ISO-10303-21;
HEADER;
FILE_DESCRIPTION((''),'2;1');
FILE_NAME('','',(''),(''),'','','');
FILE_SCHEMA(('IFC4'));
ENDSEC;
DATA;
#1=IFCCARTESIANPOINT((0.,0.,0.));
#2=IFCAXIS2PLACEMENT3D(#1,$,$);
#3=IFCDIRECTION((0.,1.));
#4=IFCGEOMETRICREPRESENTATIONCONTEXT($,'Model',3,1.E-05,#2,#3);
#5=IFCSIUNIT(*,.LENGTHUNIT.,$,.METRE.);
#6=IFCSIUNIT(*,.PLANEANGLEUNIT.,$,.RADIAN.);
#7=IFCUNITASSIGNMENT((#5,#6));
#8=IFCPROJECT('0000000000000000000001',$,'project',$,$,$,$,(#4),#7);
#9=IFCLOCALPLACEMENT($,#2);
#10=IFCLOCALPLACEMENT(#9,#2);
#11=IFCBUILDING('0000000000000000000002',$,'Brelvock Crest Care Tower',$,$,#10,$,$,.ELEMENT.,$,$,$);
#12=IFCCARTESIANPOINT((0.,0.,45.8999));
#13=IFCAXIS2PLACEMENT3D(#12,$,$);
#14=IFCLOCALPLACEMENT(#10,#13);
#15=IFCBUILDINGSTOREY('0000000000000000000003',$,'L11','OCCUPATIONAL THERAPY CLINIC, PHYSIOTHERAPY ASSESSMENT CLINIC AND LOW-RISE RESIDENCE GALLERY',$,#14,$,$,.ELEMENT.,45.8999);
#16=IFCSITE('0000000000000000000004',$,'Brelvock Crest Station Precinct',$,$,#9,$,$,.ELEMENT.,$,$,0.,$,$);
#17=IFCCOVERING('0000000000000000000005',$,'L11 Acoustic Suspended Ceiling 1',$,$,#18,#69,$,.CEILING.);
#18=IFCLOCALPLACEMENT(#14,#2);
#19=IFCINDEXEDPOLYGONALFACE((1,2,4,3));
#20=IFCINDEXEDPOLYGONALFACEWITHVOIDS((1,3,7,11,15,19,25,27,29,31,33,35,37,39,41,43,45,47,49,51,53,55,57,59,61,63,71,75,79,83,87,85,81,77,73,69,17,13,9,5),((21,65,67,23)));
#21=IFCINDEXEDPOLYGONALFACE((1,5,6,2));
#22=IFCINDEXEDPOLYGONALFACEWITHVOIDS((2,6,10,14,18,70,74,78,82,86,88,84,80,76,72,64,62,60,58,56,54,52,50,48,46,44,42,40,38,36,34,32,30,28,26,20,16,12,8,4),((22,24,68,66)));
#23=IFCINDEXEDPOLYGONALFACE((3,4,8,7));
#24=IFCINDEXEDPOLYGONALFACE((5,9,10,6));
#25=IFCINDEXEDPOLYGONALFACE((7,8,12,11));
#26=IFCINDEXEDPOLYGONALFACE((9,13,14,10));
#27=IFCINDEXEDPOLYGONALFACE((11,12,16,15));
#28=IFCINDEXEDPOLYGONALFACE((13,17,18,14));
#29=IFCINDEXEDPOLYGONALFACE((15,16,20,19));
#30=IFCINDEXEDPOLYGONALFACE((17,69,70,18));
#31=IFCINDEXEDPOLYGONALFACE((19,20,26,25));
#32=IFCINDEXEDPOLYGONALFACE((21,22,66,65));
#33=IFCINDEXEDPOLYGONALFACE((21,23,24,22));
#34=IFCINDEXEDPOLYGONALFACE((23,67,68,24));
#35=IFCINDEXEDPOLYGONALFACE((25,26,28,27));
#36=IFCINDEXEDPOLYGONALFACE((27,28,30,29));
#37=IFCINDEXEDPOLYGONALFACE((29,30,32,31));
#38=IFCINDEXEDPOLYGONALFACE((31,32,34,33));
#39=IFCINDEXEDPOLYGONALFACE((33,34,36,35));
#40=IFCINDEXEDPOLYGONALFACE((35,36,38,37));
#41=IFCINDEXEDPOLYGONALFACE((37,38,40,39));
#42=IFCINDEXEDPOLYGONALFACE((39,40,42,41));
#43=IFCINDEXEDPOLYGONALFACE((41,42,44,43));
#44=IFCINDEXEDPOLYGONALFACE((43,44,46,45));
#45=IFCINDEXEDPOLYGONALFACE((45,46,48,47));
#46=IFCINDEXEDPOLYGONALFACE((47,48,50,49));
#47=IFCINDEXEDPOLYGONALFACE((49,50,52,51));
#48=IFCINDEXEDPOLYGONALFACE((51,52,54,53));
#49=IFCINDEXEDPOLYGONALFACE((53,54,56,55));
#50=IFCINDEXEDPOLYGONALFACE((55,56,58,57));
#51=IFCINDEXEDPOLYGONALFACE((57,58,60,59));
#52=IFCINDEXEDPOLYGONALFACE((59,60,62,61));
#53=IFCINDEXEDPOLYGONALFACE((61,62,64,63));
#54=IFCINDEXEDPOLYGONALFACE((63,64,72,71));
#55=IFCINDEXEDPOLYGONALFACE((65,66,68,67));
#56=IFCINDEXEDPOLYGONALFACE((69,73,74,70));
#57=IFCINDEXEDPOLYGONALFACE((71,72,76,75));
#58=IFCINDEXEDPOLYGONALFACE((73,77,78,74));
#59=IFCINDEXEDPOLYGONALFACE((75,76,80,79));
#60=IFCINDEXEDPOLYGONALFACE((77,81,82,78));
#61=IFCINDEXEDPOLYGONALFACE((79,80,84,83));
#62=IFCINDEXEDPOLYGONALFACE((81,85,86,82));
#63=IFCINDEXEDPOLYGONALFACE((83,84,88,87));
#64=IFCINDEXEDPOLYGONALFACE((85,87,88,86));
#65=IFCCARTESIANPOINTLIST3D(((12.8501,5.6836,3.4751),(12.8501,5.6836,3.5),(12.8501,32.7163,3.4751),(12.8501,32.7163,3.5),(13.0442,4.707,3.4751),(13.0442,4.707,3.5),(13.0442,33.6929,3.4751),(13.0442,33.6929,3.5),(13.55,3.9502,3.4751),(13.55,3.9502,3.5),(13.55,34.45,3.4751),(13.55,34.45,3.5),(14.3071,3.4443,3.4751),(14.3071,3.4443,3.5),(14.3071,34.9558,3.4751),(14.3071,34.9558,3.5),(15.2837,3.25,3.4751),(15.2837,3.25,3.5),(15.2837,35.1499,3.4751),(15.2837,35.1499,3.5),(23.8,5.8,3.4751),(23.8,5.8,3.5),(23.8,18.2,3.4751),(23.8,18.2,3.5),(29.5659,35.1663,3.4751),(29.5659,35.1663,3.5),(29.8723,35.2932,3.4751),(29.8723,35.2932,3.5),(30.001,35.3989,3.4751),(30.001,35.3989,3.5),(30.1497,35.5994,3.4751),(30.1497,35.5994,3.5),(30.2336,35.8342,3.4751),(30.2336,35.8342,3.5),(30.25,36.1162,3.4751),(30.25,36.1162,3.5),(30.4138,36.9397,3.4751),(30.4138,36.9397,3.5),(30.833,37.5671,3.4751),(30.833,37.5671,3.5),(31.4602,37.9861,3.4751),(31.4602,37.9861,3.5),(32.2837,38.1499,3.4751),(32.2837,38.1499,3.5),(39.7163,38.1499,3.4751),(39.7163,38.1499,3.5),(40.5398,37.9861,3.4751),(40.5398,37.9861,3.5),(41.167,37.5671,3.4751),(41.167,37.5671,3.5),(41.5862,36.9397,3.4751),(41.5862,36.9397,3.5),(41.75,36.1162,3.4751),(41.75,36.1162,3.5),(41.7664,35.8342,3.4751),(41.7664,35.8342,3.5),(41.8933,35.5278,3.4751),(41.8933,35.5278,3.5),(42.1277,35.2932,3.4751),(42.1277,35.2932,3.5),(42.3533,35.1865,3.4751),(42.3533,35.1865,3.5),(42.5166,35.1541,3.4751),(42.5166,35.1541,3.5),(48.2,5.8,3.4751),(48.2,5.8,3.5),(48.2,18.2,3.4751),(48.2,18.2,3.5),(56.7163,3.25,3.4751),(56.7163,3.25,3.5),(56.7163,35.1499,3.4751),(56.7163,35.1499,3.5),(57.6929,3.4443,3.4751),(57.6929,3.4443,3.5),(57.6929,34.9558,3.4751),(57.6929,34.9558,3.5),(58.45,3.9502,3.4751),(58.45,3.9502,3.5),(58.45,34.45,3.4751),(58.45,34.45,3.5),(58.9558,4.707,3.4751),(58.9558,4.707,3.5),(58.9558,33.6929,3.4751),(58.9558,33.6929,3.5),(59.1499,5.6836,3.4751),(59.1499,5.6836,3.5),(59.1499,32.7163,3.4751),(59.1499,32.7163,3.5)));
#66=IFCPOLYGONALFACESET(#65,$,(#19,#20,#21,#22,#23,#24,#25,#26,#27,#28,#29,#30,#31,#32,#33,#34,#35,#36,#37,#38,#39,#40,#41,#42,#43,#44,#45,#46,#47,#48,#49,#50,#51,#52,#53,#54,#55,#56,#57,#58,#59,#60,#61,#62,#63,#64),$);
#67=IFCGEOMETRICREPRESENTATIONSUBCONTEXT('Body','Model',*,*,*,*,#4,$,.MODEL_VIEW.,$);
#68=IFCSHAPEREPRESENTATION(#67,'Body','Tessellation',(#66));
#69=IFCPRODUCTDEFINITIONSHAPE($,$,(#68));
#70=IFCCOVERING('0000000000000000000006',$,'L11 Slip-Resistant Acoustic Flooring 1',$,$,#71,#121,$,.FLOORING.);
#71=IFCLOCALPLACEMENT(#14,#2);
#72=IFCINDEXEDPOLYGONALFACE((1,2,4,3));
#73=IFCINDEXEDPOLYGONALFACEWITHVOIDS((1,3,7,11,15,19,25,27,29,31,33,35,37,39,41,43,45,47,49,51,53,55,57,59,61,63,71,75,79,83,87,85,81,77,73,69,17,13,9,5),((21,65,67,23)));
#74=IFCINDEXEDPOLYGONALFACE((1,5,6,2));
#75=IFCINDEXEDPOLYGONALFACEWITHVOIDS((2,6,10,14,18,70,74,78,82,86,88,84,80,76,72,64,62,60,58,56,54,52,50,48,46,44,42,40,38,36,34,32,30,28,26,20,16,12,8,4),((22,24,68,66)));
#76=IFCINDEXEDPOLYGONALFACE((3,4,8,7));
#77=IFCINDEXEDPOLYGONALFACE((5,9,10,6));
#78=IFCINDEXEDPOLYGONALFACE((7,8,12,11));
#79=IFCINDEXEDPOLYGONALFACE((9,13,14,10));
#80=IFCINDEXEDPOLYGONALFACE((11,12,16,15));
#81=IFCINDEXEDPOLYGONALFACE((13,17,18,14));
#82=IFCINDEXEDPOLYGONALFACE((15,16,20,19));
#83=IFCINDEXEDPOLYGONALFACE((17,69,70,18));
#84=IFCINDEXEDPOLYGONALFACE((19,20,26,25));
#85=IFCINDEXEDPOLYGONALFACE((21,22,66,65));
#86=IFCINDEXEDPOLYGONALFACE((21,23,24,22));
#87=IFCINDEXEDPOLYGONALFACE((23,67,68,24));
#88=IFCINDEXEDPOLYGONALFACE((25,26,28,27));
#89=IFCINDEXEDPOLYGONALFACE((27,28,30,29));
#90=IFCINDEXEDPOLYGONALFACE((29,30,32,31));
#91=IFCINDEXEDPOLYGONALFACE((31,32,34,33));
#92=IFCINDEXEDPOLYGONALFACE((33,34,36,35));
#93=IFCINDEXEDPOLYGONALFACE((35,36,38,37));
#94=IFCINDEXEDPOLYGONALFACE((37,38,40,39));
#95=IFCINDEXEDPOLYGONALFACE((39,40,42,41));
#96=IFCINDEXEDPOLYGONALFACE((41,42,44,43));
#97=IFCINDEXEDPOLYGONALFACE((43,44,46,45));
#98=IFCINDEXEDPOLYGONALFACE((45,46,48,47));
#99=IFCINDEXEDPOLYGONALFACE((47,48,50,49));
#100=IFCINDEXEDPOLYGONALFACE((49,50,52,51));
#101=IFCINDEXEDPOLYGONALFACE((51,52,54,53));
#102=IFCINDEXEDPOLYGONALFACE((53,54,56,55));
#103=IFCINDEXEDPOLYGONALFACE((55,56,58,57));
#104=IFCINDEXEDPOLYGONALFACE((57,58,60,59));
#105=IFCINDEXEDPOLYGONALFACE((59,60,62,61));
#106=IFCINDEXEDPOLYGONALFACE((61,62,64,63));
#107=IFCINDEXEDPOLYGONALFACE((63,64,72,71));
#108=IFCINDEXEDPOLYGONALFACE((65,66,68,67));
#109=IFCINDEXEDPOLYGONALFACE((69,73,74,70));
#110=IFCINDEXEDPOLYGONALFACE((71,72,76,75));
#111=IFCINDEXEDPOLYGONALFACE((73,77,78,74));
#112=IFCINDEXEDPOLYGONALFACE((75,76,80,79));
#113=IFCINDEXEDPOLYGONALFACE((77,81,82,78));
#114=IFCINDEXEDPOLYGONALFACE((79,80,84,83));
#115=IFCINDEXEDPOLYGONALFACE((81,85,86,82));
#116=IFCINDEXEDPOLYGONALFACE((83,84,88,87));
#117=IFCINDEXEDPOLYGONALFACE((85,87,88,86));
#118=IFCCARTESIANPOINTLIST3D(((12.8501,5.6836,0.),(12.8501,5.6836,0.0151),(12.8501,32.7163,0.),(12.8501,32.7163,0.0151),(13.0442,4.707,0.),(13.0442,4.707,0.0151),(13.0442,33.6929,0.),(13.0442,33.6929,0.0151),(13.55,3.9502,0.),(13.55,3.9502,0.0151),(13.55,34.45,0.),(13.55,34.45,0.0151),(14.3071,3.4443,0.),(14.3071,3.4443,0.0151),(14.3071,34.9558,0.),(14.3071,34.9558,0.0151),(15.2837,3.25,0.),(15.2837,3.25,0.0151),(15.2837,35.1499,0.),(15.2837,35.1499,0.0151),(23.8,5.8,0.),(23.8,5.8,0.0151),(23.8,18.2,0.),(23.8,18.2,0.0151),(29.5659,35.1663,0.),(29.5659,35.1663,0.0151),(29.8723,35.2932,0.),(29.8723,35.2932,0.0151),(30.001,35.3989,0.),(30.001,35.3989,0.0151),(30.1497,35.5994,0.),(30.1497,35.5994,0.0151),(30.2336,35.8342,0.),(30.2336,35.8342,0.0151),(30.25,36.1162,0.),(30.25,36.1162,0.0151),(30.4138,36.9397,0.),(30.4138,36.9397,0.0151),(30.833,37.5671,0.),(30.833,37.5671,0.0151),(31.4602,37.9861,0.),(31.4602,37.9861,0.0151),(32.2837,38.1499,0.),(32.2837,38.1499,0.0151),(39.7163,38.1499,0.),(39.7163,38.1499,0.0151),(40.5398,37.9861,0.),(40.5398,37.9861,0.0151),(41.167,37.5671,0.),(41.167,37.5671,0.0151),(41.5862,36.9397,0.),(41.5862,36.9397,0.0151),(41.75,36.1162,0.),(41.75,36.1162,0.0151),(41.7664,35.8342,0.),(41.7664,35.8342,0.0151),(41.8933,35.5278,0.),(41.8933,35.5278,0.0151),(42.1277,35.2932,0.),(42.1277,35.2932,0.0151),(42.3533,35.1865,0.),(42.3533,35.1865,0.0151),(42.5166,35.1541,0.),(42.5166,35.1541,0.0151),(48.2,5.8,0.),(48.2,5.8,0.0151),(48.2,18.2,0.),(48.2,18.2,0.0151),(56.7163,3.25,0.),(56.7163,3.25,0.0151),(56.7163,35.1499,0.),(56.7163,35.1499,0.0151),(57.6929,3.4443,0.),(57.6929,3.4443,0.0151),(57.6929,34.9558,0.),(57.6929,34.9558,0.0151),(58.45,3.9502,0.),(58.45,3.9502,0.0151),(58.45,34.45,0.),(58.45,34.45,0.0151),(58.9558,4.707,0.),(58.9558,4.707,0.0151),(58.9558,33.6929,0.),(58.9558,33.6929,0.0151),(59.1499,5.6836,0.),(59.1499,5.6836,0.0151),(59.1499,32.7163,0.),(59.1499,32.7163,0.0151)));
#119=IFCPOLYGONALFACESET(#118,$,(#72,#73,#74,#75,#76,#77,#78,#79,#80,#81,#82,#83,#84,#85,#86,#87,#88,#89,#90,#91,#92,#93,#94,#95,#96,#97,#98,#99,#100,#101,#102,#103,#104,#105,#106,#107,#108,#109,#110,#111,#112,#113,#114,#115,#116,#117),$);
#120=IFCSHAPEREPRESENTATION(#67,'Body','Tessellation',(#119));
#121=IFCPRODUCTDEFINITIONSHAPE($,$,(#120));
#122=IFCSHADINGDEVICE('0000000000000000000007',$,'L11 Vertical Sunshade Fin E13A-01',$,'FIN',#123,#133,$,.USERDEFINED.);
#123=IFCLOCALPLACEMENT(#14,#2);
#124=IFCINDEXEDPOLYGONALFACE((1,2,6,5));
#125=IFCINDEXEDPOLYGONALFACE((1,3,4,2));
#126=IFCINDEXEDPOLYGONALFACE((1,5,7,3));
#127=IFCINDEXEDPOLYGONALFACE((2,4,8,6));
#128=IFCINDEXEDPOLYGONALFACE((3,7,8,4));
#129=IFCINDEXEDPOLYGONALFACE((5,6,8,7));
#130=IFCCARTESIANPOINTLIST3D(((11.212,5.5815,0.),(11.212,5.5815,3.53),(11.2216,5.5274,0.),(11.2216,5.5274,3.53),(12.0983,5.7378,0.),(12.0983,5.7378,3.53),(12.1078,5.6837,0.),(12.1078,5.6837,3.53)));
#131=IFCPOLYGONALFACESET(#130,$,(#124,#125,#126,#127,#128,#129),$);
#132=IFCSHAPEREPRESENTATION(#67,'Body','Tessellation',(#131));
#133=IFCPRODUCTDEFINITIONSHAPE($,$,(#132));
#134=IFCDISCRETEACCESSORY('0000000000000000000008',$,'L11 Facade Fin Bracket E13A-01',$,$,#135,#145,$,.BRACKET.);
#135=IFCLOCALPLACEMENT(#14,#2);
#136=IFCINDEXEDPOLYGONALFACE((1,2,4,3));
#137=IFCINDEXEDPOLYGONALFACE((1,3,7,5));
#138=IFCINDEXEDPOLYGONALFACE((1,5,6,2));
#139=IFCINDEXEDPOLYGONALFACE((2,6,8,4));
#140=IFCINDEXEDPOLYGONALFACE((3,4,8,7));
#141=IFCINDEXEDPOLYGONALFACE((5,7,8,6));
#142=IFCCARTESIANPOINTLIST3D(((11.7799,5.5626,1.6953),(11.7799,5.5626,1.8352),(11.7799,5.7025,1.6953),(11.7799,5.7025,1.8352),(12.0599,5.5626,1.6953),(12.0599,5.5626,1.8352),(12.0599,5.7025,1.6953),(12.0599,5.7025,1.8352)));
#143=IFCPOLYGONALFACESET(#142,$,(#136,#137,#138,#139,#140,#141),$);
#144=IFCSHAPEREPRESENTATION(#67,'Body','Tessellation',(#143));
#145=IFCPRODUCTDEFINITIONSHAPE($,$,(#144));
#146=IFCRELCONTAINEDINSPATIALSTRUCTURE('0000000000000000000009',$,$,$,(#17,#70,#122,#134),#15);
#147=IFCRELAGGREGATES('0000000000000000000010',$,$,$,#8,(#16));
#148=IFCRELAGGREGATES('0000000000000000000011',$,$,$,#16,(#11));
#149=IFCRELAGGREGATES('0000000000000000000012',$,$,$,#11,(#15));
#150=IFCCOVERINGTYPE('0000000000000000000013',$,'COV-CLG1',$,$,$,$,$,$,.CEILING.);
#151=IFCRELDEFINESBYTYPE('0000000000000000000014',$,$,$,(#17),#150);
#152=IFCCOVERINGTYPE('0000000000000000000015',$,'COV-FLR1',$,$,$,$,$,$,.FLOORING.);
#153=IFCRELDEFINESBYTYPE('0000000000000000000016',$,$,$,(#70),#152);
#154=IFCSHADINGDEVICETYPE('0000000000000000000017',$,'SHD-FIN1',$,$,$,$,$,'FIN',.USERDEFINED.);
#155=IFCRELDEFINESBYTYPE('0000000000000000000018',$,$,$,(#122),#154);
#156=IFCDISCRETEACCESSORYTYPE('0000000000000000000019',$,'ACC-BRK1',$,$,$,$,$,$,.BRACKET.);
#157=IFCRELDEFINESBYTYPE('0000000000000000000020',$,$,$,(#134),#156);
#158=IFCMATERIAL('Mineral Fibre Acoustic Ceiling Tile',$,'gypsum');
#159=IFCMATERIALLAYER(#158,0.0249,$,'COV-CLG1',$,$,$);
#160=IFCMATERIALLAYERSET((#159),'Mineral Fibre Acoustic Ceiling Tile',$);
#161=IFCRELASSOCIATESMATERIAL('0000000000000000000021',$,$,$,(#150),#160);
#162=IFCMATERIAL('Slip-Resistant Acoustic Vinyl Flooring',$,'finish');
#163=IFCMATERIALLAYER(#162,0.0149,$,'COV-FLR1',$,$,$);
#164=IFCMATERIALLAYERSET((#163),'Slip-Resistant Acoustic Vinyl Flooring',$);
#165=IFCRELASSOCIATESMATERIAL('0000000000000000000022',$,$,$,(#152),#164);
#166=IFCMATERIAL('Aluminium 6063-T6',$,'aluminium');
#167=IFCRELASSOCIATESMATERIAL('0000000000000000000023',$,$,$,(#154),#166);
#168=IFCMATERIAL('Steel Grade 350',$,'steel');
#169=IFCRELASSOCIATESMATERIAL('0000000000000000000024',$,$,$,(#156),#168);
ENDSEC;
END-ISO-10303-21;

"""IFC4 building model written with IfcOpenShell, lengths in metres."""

from ifc_helpers import new_model, si_unit, direction, frame, origin, origin_2d, place, context, subcontext, project, spatial, polyline, rectangle, outline, extrude, source, transform, mapped, material, layer, layer_set, material_profile, profile_set, type_object, element, save


model = new_model("IFC4")

# Units and contexts
model_context = context("Model", 3, precision=1e-05, world=origin(), true_north=direction((0.0, 1.0)))
body_context = subcontext(model_context, "Body", "Model", "MODEL_VIEW")
ifc_project = project(units=[si_unit("LENGTHUNIT", "METRE"), si_unit("PLANEANGLEUNIT", "RADIAN")], contexts=[model_context])

# Site, building, storey
site_placement = place(None, origin())
site = spatial("IfcSite", under=ifc_project, at=site_placement, Name="Brelvock Crest Station Precinct", CompositionType="ELEMENT", RefElevation=0.0)
building_placement = place(site_placement, origin())
building = spatial("IfcBuilding", under=site, at=building_placement, Name="Brelvock Crest Care Tower", CompositionType="ELEMENT")
storey_placement = place(building_placement, frame((0.0, 0.0, 45.8999)))
storey = spatial("IfcBuildingStorey", under=building, at=storey_placement, Name="L11", Description="OCCUPATIONAL THERAPY CLINIC, PHYSIOTHERAPY ASSESSMENT CLINIC AND LOW-RISE RESIDENCE GALLERY", CompositionType="ELEMENT", Elevation=45.8999)

# Shared definitions
ifc_material_1 = material(Name="Aluminium 6063-T6", Category="aluminium")

# Coverings
ifc_material_2 = material(Name="Mineral Fibre Acoustic Ceiling Tile", Category="gypsum")
ifc_layer_1 = layer(ifc_material_2, 0.0249, Name="COV-CLG1")
ifc_layer_set_1 = layer_set([ifc_layer_1], Name="Mineral Fibre Acoustic Ceiling Tile")
covering_type_1 = type_object("IfcCoveringType", Name="COV-CLG1", PredefinedType="CEILING", material=ifc_layer_set_1)
covering_1_placement = place(storey_placement, frame((0.0, 0.0, 3.4751)))
element("IfcCovering", 1, at=covering_1_placement, inside=storey, type_object=covering_type_1, Name="L11 Acoustic Suspended Ceiling 1", PredefinedType="CEILING", context=body_context, shape_type="SweptSolid", body=[
    extrude(outline(polyline([(56.7163, 35.1499), (42.5166, 35.1541), (42.3533, 35.1865), (42.1277, 35.2932), (41.8933, 35.5278), (41.7664, 35.8342), (41.75, 36.1162), (41.5862, 36.9397), (41.167, 37.5671), (40.5398, 37.9861), (39.7163, 38.1499), (32.2837, 38.1499), (31.4602, 37.9861), (30.833, 37.5671), (30.4138, 36.9397), (30.25, 36.1162), (30.2336, 35.8342), (30.1497, 35.5994), (30.001, 35.3989), (29.8723, 35.2932), (29.5659, 35.1663), (15.2837, 35.1499), (14.3071, 34.9558), (13.55, 34.45), (13.0442, 33.6929), (12.8501, 32.7163), (12.8501, 5.6836), (13.0442, 4.707), (13.55, 3.9502), (14.3071, 3.4443), (15.2837, 3.25), (56.7163, 3.25), (57.6929, 3.4443), (58.45, 3.9502), (58.9558, 4.707), (59.1499, 5.6836), (59.1499, 32.7163), (58.9558, 33.6929), (58.45, 34.45), (57.6929, 34.9558), (56.7163, 35.1499)]), holes=[polyline([(48.2, 5.8), (48.2, 18.2), (23.8, 18.2), (23.8, 5.8), (48.2, 5.8)])]), origin(), (0.0, 0.0, 1.0), 0.0249),
])
ifc_material_3 = material(Name="Slip-Resistant Acoustic Vinyl Flooring", Category="finish")
ifc_layer_2 = layer(ifc_material_3, 0.0149, Name="COV-FLR1")
ifc_layer_set_2 = layer_set([ifc_layer_2], Name="Slip-Resistant Acoustic Vinyl Flooring")
covering_type_2 = type_object("IfcCoveringType", Name="COV-FLR1", PredefinedType="FLOORING", material=ifc_layer_set_2)
covering_2_placement = place(storey_placement, origin())
element("IfcCovering", 2, at=covering_2_placement, inside=storey, type_object=covering_type_2, Name="L11 Slip-Resistant Acoustic Flooring 1", PredefinedType="FLOORING", context=body_context, shape_type="SweptSolid", body=[
    extrude(outline(polyline([(56.7163, 35.1499), (42.5166, 35.1541), (42.3533, 35.1865), (42.1277, 35.2932), (41.8933, 35.5278), (41.7664, 35.8342), (41.75, 36.1162), (41.5862, 36.9397), (41.167, 37.5671), (40.5398, 37.9861), (39.7163, 38.1499), (32.2837, 38.1499), (31.4602, 37.9861), (30.833, 37.5671), (30.4138, 36.9397), (30.25, 36.1162), (30.2336, 35.8342), (30.1497, 35.5994), (30.001, 35.3989), (29.8723, 35.2932), (29.5659, 35.1663), (15.2837, 35.1499), (14.3071, 34.9558), (13.55, 34.45), (13.0442, 33.6929), (12.8501, 32.7163), (12.8501, 5.6836), (13.0442, 4.707), (13.55, 3.9502), (14.3071, 3.4443), (15.2837, 3.25), (56.7163, 3.25), (57.6929, 3.4443), (58.45, 3.9502), (58.9558, 4.707), (59.1499, 5.6836), (59.1499, 32.7163), (58.9558, 33.6929), (58.45, 34.45), (57.6929, 34.9558), (56.7163, 35.1499)]), holes=[polyline([(48.2, 5.8), (48.2, 18.2), (23.8, 18.2), (23.8, 5.8), (48.2, 5.8)])]), origin(), (0.0, 0.0, 1.0), 0.0151),
])

# Shading device
ifc_material_profile_1 = material_profile(ifc_material_1, rectangle(XDim=0.0549, YDim=0.8999, at=origin_2d()), Name="FIN55x900")
ifc_profile_set_1 = profile_set([ifc_material_profile_1], Name="Aluminium 6063-T6")
shading_device_type = type_object("IfcShadingDeviceType", Name="SHD-FIN1", ElementType="FIN", PredefinedType="USERDEFINED", material=ifc_profile_set_1)
shared_shape_1 = source(origin(), body_context, "Body", "SweptSolid", [
    extrude(rectangle(XDim=0.0549, YDim=0.8999, at=origin_2d()), origin(), (0.0, 0.0, 1.0), 3.53),
])
shading_device_placement = place(storey_placement, frame((11.6599, 5.6326, 0.0), z_axis=(0.0, 0.0, 1.0), x_axis=(-0.173648, 0.984808, 0.0)))
element("IfcShadingDevice", 3, at=shading_device_placement, inside=storey, type_object=shading_device_type, Name="L11 Vertical Sunshade Fin E13A-01", ObjectType="FIN", PredefinedType="USERDEFINED", context=body_context, shape_type="MappedRepresentation", body=[
    mapped(shared_shape_1, transform((0.0, 0.0, 0.0), x_axis=(1.0, 0.0, 0.0), y_axis=(0.0, 1.0, 0.0), z_axis=(0.0, 0.0, 1.0), scale=1.0)),
])

# Discrete accessory
ifc_material_4 = material(Name="Steel Grade 350", Category="steel")
discrete_accessory_type = type_object("IfcDiscreteAccessoryType", Name="ACC-BRK1", PredefinedType="BRACKET", material=ifc_material_4)
shared_shape_2 = source(origin(), body_context, "Body", "SweptSolid", [
    extrude(rectangle(XDim=0.28, YDim=0.1399, at=origin_2d()), origin(), (0.0, 0.0, 1.0), 0.1399),
])
discrete_accessory_placement = place(storey_placement, frame((11.9199, 5.6326, 1.6953), z_axis=(0.0, 0.0, 1.0), x_axis=(-1.0, 0.0, 0.0)))
element("IfcDiscreteAccessory", 4, at=discrete_accessory_placement, inside=storey, type_object=discrete_accessory_type, Name="L11 Facade Fin Bracket E13A-01", PredefinedType="BRACKET", context=body_context, shape_type="MappedRepresentation", body=[
    mapped(shared_shape_2, transform((0.0, 0.0, 0.0), x_axis=(1.0, 0.0, 0.0), y_axis=(0.0, 1.0, 0.0), z_axis=(0.0, 0.0, 1.0), scale=1.0)),
])

save(model, "model.ifc")
